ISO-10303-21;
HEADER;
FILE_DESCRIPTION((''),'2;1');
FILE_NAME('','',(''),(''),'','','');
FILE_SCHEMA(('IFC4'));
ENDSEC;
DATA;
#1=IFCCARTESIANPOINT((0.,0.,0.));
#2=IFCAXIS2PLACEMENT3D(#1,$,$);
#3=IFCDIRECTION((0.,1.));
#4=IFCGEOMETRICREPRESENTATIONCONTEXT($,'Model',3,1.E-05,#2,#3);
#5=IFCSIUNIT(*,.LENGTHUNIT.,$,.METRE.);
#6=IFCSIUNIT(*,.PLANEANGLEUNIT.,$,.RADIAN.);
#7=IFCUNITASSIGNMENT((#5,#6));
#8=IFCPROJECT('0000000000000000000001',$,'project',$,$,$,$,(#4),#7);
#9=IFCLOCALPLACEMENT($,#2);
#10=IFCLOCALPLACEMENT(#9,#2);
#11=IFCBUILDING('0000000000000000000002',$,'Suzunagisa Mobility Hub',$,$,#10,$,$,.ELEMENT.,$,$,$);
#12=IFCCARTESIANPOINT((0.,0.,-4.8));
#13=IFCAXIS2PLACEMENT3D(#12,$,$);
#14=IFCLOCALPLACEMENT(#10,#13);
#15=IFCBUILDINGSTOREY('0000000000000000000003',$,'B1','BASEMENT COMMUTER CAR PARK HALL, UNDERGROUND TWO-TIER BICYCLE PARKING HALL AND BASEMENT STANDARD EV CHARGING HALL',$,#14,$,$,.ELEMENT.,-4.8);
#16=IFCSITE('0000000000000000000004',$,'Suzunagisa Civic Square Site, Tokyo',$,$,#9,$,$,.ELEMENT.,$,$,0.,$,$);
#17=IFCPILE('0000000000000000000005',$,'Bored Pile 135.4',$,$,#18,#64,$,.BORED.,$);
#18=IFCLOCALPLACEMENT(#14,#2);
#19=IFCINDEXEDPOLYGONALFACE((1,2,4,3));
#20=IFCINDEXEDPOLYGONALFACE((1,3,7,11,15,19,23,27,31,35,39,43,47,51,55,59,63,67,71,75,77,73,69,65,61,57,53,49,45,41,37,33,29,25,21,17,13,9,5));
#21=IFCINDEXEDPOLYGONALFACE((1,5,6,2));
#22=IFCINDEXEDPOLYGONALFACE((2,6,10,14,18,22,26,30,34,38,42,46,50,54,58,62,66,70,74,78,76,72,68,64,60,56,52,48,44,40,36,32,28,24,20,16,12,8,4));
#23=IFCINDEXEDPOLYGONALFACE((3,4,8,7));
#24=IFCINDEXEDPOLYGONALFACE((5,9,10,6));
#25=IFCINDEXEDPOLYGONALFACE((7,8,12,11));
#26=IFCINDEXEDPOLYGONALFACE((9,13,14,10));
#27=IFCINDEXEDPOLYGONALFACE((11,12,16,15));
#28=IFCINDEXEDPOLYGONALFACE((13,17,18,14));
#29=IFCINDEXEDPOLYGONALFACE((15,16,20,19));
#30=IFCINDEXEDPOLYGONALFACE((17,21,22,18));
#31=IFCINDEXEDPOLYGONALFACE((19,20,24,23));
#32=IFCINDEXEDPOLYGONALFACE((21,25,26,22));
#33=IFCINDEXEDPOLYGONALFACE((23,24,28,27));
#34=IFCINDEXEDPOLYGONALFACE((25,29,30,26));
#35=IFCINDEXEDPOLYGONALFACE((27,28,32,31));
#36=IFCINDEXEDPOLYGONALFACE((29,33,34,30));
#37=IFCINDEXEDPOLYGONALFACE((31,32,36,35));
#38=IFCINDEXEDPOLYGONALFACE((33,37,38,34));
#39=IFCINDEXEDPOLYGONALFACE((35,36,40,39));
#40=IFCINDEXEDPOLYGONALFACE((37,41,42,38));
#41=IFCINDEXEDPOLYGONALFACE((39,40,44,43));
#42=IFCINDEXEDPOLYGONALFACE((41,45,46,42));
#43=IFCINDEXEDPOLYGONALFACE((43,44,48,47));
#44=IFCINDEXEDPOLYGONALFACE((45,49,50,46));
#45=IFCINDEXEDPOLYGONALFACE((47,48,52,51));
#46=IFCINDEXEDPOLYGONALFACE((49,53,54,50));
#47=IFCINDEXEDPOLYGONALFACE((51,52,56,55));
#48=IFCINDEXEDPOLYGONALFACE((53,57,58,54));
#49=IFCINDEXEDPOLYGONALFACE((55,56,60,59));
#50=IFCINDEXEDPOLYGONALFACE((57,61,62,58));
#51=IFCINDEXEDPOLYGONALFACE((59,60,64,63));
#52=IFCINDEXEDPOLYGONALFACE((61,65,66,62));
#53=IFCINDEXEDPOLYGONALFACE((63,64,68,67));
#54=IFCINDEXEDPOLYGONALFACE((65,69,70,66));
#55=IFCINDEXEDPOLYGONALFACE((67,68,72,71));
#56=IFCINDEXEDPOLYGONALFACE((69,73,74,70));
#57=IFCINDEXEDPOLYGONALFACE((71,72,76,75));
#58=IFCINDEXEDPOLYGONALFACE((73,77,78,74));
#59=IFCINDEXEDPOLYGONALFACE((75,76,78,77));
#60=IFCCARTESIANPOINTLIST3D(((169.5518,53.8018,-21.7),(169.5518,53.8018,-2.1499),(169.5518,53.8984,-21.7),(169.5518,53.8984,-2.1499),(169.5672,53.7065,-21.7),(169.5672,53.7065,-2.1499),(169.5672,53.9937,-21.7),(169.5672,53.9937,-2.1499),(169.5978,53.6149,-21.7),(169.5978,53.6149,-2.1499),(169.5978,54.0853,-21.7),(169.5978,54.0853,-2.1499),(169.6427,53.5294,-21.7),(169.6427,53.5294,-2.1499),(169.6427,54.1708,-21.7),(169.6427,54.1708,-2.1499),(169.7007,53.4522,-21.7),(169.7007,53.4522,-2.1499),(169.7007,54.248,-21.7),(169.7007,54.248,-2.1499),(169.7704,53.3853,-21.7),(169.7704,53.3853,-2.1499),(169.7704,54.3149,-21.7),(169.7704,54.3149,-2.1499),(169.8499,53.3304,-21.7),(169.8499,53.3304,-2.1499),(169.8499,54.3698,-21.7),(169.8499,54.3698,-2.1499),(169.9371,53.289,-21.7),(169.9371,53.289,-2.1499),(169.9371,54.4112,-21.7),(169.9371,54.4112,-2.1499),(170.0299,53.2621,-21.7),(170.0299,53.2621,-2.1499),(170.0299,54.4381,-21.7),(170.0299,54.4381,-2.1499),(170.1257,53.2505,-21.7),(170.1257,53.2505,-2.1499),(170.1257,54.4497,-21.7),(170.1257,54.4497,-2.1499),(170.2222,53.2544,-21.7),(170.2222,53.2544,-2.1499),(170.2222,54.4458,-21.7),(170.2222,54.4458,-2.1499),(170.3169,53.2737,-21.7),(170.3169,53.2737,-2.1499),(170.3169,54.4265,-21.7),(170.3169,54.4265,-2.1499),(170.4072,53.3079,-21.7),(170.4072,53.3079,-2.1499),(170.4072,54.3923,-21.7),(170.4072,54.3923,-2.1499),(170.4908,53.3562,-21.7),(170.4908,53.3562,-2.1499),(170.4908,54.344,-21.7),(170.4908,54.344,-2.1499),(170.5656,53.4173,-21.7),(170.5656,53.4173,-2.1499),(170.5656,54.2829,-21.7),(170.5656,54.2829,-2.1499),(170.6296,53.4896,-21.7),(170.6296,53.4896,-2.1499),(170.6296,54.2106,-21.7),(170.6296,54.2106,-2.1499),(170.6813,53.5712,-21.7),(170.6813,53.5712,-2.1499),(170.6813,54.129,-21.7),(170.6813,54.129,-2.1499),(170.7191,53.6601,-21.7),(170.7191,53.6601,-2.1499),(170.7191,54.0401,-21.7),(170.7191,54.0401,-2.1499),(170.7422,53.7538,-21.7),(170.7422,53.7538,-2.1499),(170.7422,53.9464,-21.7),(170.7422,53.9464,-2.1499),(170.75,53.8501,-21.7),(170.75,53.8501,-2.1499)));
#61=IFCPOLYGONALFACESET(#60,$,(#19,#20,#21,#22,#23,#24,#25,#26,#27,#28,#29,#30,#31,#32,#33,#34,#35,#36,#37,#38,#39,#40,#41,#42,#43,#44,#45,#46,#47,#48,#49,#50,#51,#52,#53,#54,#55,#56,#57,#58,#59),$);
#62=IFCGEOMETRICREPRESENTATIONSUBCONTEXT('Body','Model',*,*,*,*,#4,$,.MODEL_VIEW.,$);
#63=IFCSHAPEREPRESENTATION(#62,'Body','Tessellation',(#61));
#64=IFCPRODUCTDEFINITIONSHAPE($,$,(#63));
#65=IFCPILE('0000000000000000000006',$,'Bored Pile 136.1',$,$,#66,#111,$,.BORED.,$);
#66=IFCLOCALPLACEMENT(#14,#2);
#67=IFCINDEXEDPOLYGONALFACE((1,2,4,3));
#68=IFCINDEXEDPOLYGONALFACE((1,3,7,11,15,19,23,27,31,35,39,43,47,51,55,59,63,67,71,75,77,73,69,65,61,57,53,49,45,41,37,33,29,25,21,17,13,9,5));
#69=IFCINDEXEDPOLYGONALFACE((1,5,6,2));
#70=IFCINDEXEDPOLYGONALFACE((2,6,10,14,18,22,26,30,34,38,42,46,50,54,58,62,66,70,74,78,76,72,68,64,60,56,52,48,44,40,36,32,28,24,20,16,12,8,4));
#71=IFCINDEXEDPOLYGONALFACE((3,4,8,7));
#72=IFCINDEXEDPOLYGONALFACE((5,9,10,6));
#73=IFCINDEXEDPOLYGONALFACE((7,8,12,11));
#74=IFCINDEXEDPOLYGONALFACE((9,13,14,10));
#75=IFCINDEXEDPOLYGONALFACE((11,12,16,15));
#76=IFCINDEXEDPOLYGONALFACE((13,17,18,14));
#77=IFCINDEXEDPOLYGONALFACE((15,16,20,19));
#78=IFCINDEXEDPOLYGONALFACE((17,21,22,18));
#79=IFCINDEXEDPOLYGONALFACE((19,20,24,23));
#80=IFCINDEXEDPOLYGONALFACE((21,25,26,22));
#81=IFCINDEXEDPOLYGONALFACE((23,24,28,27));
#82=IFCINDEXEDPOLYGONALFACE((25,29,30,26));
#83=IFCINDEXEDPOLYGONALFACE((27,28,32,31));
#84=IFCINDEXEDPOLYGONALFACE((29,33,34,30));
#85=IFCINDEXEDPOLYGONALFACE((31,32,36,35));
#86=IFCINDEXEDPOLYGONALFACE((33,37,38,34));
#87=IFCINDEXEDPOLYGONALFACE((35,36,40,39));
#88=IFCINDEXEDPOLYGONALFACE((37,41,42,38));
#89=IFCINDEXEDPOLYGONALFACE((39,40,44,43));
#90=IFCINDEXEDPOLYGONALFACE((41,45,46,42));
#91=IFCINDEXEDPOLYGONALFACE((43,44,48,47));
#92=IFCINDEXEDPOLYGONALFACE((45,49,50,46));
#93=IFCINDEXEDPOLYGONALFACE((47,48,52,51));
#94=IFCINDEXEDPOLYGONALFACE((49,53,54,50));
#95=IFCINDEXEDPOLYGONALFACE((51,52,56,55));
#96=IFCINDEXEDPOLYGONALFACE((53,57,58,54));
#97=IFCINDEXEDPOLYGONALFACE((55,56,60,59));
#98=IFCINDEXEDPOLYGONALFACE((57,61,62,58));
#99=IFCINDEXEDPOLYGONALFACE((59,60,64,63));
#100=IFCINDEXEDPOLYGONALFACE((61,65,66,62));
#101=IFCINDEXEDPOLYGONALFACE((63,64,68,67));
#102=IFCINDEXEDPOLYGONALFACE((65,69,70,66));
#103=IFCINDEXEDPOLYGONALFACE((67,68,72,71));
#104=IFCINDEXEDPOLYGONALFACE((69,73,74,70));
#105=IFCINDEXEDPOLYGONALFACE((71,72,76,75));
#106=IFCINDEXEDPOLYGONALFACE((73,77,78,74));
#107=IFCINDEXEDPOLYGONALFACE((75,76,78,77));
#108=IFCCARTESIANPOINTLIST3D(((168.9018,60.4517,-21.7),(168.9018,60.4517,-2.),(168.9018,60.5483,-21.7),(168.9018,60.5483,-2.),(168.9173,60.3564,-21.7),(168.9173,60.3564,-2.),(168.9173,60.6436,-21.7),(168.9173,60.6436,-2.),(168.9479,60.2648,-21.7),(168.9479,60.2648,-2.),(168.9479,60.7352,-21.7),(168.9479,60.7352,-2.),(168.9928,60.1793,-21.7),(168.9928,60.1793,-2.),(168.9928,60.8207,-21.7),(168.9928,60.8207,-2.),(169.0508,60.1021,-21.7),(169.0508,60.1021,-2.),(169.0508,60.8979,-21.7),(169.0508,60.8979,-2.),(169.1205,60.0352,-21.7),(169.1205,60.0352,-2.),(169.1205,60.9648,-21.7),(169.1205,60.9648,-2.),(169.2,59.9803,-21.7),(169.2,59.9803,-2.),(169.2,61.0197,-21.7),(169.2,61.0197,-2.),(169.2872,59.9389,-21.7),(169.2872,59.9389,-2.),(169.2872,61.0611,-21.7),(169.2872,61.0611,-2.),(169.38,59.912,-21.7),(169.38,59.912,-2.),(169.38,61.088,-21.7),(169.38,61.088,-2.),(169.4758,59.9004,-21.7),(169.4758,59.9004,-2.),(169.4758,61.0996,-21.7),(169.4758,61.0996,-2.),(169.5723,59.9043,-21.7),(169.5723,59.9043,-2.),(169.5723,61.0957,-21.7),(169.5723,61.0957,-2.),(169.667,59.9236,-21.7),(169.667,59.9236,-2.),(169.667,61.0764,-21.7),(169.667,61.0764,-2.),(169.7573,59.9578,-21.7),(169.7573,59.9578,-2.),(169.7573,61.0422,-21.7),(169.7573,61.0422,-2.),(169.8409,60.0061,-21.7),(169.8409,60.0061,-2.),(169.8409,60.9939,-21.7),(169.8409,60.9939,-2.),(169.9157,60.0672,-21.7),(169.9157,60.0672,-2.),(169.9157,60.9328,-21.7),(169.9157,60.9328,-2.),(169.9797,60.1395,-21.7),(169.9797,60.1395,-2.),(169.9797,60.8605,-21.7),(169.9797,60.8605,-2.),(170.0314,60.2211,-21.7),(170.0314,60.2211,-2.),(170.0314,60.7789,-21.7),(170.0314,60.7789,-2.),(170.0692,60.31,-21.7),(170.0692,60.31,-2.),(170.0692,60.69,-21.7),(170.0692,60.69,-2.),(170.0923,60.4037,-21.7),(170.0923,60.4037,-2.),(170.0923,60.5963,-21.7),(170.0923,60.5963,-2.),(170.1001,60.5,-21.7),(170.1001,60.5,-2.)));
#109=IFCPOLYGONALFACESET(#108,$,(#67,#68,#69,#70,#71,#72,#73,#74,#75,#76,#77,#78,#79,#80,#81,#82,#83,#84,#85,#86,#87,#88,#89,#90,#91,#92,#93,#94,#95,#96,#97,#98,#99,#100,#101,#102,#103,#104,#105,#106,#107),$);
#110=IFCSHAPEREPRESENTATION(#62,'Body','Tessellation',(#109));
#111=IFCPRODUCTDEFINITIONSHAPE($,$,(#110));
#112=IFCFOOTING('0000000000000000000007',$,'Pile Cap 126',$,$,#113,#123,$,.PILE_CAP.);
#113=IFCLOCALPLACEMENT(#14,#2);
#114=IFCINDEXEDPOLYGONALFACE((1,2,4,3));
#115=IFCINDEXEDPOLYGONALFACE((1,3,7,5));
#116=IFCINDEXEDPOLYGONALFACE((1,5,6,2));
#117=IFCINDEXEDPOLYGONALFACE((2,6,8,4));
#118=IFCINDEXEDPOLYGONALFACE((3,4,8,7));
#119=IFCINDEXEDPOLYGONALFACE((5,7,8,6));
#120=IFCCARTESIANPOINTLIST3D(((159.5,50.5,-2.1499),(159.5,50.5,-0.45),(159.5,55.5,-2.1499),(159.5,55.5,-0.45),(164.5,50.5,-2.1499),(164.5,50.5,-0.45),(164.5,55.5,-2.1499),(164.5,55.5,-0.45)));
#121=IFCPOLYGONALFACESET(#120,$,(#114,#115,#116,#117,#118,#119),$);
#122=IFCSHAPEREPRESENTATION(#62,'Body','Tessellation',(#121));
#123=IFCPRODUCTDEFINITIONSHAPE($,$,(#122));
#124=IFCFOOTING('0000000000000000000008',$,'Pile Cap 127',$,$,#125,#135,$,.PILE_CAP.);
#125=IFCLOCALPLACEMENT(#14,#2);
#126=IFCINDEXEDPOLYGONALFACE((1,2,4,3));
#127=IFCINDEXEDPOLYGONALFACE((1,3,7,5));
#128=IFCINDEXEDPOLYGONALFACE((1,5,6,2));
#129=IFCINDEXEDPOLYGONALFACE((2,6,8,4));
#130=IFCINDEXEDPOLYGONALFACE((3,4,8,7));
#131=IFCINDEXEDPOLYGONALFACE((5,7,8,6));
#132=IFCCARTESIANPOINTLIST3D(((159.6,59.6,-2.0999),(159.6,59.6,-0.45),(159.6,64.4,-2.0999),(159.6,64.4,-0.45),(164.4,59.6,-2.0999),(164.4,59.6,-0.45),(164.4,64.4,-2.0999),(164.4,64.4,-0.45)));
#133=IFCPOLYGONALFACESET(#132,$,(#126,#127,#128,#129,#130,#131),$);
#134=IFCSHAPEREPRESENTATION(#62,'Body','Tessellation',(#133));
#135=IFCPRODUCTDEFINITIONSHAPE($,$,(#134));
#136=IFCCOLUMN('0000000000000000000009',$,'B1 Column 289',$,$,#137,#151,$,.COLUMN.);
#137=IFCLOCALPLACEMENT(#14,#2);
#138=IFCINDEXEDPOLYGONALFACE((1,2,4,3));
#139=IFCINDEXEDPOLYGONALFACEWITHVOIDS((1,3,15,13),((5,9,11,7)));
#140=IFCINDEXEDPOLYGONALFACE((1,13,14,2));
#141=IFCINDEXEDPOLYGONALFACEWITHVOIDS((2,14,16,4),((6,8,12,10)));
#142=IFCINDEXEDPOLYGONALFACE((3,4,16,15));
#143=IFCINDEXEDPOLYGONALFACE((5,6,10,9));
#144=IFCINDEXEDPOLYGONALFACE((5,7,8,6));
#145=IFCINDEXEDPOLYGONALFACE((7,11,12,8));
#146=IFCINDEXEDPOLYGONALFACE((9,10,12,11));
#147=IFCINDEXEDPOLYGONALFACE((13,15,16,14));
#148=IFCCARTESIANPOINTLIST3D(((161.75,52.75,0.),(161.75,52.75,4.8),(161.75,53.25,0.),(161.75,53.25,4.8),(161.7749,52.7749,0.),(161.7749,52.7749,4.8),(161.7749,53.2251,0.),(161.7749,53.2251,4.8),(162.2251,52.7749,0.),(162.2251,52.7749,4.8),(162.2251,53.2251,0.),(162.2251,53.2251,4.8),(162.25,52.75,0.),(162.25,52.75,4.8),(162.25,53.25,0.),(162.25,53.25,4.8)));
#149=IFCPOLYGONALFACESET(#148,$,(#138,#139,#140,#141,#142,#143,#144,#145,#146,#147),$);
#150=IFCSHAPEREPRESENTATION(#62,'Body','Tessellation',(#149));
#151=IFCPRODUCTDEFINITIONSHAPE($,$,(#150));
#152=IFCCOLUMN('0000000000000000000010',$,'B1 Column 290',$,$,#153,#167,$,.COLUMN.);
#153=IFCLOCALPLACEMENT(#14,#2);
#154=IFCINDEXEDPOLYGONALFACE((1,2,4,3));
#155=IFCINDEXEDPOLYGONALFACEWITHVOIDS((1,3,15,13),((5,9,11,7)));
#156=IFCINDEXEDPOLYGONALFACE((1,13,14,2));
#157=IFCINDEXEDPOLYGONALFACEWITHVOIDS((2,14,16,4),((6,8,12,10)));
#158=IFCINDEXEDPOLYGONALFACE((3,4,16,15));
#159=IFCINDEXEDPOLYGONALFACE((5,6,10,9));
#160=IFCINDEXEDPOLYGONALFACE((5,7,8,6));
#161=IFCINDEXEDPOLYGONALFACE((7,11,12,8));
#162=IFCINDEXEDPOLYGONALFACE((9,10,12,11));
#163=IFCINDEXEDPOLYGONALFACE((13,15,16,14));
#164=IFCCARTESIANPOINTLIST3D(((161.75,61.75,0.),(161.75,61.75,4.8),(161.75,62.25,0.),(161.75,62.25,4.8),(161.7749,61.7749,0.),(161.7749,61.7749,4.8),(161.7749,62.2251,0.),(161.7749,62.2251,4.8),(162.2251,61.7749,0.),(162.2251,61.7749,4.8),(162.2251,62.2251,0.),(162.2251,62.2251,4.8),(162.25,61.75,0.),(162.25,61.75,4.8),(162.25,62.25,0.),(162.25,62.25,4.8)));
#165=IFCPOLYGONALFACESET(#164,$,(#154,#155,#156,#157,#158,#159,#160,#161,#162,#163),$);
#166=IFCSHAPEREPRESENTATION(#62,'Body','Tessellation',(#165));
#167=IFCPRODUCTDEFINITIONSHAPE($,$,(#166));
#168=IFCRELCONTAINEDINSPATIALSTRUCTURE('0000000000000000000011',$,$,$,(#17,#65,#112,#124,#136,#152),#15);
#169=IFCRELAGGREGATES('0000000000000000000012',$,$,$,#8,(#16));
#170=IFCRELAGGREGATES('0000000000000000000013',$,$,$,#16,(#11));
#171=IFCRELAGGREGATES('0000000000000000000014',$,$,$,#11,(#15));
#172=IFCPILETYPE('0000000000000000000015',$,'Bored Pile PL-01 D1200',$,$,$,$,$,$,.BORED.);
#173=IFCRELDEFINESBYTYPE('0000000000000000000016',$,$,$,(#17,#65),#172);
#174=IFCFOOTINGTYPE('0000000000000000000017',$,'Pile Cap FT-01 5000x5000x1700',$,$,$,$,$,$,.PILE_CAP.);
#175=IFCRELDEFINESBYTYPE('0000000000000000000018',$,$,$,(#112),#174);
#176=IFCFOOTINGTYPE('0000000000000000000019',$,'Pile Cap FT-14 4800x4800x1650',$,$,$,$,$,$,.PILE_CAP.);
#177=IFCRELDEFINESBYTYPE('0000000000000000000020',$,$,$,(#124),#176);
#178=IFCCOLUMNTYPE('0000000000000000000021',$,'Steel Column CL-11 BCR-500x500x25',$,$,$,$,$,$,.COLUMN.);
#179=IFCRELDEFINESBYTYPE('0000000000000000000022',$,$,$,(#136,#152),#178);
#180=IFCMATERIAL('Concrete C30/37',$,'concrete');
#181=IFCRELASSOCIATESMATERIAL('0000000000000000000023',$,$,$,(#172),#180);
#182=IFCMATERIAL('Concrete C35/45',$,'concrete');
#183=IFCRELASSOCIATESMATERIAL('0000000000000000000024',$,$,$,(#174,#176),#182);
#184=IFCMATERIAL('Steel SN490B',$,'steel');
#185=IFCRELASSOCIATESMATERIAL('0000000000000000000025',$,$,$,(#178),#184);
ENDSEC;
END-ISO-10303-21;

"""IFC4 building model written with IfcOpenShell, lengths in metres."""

from ifc_helpers import new_model, si_unit, direction, frame, origin, origin_2d, place, context, subcontext, project, spatial, rectangle, hollow_rectangle, circle, extrude, material, material_profile, profile_set, type_object, element, save


model = new_model("IFC4")

# Units and contexts
model_context = context("Model", 3, precision=1e-05, world=origin(), true_north=direction((0.0, 1.0)))
body_context = subcontext(model_context, "Body", "Model", "MODEL_VIEW")
ifc_project = project(units=[si_unit("LENGTHUNIT", "METRE"), si_unit("PLANEANGLEUNIT", "RADIAN")], contexts=[model_context])

# Site, building, storey
site_placement = place(None, origin())
site = spatial("IfcSite", under=ifc_project, at=site_placement, Name="Suzunagisa Civic Square Site, Tokyo", CompositionType="ELEMENT", RefElevation=0.0)
building_placement = place(site_placement, origin())
building = spatial("IfcBuilding", under=site, at=building_placement, Name="Suzunagisa Mobility Hub", CompositionType="ELEMENT")
storey_placement = place(building_placement, frame((0.0, 0.0, -4.8)))
storey = spatial("IfcBuildingStorey", under=building, at=storey_placement, Name="B1", Description="BASEMENT COMMUTER CAR PARK HALL, UNDERGROUND TWO-TIER BICYCLE PARKING HALL AND BASEMENT STANDARD EV CHARGING HALL", CompositionType="ELEMENT", Elevation=-4.8)

# Piles
ifc_material_1 = material(Name="Concrete C30/37", Category="concrete")
ifc_material_profile_1 = material_profile(ifc_material_1, circle(Radius=0.6001, at=origin_2d()), Name="BORED PILE D1200")
ifc_profile_set_1 = profile_set([ifc_material_profile_1], Name="Concrete C30/37")
pile_type = type_object("IfcPileType", Name="Bored Pile PL-01 D1200", PredefinedType="BORED", material=ifc_profile_set_1)
for number, where, z_axis, x_axis, name in (
    (1, (170.1499, 53.8501, -2.1499), (0.0, 0.0, -1.0), (1.0, 0.0, 0.0), "Bored Pile 135.4"),
):
    element("IfcPile", number, at=place(storey_placement, frame(where, z_axis=z_axis, x_axis=x_axis)), inside=storey, type_object=pile_type, Name=name, PredefinedType="BORED", context=body_context, shape_type="SweptSolid", body=[
        extrude(circle(Radius=0.6001, at=origin_2d()), origin(), (0.0, 0.0, 1.0), 19.55),
    ])
pile_1_placement = place(storey_placement, frame((169.5, 60.5, -2.0), z_axis=(0.0, 0.0, -1.0), x_axis=(1.0, 0.0, 0.0)))
element("IfcPile", 2, at=pile_1_placement, inside=storey, type_object=pile_type, Name="Bored Pile 136.1", PredefinedType="BORED", context=body_context, shape_type="SweptSolid", body=[
    extrude(circle(Radius=0.6001, at=origin_2d()), origin(), (0.0, 0.0, 1.0), 19.7),
])

# Footings
ifc_material_2 = material(Name="Concrete C35/45", Category="concrete")
footing_type_1 = type_object("IfcFootingType", Name="Pile Cap FT-01 5000x5000x1700", PredefinedType="PILE_CAP", material=ifc_material_2)
footing_1_placement = place(storey_placement, frame((162.0, 53.0, -2.1499), z_axis=(0.0, 0.0, 1.0), x_axis=(1.0, 0.0, 0.0)))
element("IfcFooting", 3, at=footing_1_placement, inside=storey, type_object=footing_type_1, Name="Pile Cap 126", PredefinedType="PILE_CAP", context=body_context, shape_type="SweptSolid", body=[
    extrude(rectangle(XDim=5.0, YDim=5.0, at=origin_2d()), origin(), (0.0, 0.0, 1.0), 1.7),
])
footing_type_2 = type_object("IfcFootingType", Name="Pile Cap FT-14 4800x4800x1650", PredefinedType="PILE_CAP", material=ifc_material_2)
footing_2_placement = place(storey_placement, frame((162.0, 62.0, -2.0999), z_axis=(0.0, 0.0, 1.0), x_axis=(1.0, 0.0, 0.0)))
element("IfcFooting", 4, at=footing_2_placement, inside=storey, type_object=footing_type_2, Name="Pile Cap 127", PredefinedType="PILE_CAP", context=body_context, shape_type="SweptSolid", body=[
    extrude(rectangle(XDim=4.8, YDim=4.8, at=origin_2d()), origin(), (0.0, 0.0, 1.0), 1.6499),
])

# Columns
ifc_material_3 = material(Name="Steel SN490B", Category="steel")
ifc_material_profile_2 = material_profile(ifc_material_3, hollow_rectangle(XDim=0.5, YDim=0.5, WallThickness=0.0249, at=origin_2d()), Name="BCR-500x500x25")
ifc_profile_set_2 = profile_set([ifc_material_profile_2], Name="Steel SN490B")
column_type = type_object("IfcColumnType", Name="Steel Column CL-11 BCR-500x500x25", PredefinedType="COLUMN", material=ifc_profile_set_2)
for number, where, z_axis, x_axis, name in (
    (5, (162.0, 53.0, 0.0), (0.0, 0.0, 1.0), (1.0, 0.0, 0.0), "B1 Column 289"),
    (6, (162.0, 62.0, 0.0), (0.0, 0.0, 1.0), (1.0, 0.0, 0.0), "B1 Column 290"),
):
    element("IfcColumn", number, at=place(storey_placement, frame(where, z_axis=z_axis, x_axis=x_axis)), inside=storey, type_object=column_type, Name=name, PredefinedType="COLUMN", context=body_context, shape_type="SweptSolid", body=[
        extrude(hollow_rectangle(XDim=0.5, YDim=0.5, WallThickness=0.0249, at=origin_2d()), origin(), (0.0, 0.0, 1.0), 4.8),
    ])

save(model, "model.ifc")
